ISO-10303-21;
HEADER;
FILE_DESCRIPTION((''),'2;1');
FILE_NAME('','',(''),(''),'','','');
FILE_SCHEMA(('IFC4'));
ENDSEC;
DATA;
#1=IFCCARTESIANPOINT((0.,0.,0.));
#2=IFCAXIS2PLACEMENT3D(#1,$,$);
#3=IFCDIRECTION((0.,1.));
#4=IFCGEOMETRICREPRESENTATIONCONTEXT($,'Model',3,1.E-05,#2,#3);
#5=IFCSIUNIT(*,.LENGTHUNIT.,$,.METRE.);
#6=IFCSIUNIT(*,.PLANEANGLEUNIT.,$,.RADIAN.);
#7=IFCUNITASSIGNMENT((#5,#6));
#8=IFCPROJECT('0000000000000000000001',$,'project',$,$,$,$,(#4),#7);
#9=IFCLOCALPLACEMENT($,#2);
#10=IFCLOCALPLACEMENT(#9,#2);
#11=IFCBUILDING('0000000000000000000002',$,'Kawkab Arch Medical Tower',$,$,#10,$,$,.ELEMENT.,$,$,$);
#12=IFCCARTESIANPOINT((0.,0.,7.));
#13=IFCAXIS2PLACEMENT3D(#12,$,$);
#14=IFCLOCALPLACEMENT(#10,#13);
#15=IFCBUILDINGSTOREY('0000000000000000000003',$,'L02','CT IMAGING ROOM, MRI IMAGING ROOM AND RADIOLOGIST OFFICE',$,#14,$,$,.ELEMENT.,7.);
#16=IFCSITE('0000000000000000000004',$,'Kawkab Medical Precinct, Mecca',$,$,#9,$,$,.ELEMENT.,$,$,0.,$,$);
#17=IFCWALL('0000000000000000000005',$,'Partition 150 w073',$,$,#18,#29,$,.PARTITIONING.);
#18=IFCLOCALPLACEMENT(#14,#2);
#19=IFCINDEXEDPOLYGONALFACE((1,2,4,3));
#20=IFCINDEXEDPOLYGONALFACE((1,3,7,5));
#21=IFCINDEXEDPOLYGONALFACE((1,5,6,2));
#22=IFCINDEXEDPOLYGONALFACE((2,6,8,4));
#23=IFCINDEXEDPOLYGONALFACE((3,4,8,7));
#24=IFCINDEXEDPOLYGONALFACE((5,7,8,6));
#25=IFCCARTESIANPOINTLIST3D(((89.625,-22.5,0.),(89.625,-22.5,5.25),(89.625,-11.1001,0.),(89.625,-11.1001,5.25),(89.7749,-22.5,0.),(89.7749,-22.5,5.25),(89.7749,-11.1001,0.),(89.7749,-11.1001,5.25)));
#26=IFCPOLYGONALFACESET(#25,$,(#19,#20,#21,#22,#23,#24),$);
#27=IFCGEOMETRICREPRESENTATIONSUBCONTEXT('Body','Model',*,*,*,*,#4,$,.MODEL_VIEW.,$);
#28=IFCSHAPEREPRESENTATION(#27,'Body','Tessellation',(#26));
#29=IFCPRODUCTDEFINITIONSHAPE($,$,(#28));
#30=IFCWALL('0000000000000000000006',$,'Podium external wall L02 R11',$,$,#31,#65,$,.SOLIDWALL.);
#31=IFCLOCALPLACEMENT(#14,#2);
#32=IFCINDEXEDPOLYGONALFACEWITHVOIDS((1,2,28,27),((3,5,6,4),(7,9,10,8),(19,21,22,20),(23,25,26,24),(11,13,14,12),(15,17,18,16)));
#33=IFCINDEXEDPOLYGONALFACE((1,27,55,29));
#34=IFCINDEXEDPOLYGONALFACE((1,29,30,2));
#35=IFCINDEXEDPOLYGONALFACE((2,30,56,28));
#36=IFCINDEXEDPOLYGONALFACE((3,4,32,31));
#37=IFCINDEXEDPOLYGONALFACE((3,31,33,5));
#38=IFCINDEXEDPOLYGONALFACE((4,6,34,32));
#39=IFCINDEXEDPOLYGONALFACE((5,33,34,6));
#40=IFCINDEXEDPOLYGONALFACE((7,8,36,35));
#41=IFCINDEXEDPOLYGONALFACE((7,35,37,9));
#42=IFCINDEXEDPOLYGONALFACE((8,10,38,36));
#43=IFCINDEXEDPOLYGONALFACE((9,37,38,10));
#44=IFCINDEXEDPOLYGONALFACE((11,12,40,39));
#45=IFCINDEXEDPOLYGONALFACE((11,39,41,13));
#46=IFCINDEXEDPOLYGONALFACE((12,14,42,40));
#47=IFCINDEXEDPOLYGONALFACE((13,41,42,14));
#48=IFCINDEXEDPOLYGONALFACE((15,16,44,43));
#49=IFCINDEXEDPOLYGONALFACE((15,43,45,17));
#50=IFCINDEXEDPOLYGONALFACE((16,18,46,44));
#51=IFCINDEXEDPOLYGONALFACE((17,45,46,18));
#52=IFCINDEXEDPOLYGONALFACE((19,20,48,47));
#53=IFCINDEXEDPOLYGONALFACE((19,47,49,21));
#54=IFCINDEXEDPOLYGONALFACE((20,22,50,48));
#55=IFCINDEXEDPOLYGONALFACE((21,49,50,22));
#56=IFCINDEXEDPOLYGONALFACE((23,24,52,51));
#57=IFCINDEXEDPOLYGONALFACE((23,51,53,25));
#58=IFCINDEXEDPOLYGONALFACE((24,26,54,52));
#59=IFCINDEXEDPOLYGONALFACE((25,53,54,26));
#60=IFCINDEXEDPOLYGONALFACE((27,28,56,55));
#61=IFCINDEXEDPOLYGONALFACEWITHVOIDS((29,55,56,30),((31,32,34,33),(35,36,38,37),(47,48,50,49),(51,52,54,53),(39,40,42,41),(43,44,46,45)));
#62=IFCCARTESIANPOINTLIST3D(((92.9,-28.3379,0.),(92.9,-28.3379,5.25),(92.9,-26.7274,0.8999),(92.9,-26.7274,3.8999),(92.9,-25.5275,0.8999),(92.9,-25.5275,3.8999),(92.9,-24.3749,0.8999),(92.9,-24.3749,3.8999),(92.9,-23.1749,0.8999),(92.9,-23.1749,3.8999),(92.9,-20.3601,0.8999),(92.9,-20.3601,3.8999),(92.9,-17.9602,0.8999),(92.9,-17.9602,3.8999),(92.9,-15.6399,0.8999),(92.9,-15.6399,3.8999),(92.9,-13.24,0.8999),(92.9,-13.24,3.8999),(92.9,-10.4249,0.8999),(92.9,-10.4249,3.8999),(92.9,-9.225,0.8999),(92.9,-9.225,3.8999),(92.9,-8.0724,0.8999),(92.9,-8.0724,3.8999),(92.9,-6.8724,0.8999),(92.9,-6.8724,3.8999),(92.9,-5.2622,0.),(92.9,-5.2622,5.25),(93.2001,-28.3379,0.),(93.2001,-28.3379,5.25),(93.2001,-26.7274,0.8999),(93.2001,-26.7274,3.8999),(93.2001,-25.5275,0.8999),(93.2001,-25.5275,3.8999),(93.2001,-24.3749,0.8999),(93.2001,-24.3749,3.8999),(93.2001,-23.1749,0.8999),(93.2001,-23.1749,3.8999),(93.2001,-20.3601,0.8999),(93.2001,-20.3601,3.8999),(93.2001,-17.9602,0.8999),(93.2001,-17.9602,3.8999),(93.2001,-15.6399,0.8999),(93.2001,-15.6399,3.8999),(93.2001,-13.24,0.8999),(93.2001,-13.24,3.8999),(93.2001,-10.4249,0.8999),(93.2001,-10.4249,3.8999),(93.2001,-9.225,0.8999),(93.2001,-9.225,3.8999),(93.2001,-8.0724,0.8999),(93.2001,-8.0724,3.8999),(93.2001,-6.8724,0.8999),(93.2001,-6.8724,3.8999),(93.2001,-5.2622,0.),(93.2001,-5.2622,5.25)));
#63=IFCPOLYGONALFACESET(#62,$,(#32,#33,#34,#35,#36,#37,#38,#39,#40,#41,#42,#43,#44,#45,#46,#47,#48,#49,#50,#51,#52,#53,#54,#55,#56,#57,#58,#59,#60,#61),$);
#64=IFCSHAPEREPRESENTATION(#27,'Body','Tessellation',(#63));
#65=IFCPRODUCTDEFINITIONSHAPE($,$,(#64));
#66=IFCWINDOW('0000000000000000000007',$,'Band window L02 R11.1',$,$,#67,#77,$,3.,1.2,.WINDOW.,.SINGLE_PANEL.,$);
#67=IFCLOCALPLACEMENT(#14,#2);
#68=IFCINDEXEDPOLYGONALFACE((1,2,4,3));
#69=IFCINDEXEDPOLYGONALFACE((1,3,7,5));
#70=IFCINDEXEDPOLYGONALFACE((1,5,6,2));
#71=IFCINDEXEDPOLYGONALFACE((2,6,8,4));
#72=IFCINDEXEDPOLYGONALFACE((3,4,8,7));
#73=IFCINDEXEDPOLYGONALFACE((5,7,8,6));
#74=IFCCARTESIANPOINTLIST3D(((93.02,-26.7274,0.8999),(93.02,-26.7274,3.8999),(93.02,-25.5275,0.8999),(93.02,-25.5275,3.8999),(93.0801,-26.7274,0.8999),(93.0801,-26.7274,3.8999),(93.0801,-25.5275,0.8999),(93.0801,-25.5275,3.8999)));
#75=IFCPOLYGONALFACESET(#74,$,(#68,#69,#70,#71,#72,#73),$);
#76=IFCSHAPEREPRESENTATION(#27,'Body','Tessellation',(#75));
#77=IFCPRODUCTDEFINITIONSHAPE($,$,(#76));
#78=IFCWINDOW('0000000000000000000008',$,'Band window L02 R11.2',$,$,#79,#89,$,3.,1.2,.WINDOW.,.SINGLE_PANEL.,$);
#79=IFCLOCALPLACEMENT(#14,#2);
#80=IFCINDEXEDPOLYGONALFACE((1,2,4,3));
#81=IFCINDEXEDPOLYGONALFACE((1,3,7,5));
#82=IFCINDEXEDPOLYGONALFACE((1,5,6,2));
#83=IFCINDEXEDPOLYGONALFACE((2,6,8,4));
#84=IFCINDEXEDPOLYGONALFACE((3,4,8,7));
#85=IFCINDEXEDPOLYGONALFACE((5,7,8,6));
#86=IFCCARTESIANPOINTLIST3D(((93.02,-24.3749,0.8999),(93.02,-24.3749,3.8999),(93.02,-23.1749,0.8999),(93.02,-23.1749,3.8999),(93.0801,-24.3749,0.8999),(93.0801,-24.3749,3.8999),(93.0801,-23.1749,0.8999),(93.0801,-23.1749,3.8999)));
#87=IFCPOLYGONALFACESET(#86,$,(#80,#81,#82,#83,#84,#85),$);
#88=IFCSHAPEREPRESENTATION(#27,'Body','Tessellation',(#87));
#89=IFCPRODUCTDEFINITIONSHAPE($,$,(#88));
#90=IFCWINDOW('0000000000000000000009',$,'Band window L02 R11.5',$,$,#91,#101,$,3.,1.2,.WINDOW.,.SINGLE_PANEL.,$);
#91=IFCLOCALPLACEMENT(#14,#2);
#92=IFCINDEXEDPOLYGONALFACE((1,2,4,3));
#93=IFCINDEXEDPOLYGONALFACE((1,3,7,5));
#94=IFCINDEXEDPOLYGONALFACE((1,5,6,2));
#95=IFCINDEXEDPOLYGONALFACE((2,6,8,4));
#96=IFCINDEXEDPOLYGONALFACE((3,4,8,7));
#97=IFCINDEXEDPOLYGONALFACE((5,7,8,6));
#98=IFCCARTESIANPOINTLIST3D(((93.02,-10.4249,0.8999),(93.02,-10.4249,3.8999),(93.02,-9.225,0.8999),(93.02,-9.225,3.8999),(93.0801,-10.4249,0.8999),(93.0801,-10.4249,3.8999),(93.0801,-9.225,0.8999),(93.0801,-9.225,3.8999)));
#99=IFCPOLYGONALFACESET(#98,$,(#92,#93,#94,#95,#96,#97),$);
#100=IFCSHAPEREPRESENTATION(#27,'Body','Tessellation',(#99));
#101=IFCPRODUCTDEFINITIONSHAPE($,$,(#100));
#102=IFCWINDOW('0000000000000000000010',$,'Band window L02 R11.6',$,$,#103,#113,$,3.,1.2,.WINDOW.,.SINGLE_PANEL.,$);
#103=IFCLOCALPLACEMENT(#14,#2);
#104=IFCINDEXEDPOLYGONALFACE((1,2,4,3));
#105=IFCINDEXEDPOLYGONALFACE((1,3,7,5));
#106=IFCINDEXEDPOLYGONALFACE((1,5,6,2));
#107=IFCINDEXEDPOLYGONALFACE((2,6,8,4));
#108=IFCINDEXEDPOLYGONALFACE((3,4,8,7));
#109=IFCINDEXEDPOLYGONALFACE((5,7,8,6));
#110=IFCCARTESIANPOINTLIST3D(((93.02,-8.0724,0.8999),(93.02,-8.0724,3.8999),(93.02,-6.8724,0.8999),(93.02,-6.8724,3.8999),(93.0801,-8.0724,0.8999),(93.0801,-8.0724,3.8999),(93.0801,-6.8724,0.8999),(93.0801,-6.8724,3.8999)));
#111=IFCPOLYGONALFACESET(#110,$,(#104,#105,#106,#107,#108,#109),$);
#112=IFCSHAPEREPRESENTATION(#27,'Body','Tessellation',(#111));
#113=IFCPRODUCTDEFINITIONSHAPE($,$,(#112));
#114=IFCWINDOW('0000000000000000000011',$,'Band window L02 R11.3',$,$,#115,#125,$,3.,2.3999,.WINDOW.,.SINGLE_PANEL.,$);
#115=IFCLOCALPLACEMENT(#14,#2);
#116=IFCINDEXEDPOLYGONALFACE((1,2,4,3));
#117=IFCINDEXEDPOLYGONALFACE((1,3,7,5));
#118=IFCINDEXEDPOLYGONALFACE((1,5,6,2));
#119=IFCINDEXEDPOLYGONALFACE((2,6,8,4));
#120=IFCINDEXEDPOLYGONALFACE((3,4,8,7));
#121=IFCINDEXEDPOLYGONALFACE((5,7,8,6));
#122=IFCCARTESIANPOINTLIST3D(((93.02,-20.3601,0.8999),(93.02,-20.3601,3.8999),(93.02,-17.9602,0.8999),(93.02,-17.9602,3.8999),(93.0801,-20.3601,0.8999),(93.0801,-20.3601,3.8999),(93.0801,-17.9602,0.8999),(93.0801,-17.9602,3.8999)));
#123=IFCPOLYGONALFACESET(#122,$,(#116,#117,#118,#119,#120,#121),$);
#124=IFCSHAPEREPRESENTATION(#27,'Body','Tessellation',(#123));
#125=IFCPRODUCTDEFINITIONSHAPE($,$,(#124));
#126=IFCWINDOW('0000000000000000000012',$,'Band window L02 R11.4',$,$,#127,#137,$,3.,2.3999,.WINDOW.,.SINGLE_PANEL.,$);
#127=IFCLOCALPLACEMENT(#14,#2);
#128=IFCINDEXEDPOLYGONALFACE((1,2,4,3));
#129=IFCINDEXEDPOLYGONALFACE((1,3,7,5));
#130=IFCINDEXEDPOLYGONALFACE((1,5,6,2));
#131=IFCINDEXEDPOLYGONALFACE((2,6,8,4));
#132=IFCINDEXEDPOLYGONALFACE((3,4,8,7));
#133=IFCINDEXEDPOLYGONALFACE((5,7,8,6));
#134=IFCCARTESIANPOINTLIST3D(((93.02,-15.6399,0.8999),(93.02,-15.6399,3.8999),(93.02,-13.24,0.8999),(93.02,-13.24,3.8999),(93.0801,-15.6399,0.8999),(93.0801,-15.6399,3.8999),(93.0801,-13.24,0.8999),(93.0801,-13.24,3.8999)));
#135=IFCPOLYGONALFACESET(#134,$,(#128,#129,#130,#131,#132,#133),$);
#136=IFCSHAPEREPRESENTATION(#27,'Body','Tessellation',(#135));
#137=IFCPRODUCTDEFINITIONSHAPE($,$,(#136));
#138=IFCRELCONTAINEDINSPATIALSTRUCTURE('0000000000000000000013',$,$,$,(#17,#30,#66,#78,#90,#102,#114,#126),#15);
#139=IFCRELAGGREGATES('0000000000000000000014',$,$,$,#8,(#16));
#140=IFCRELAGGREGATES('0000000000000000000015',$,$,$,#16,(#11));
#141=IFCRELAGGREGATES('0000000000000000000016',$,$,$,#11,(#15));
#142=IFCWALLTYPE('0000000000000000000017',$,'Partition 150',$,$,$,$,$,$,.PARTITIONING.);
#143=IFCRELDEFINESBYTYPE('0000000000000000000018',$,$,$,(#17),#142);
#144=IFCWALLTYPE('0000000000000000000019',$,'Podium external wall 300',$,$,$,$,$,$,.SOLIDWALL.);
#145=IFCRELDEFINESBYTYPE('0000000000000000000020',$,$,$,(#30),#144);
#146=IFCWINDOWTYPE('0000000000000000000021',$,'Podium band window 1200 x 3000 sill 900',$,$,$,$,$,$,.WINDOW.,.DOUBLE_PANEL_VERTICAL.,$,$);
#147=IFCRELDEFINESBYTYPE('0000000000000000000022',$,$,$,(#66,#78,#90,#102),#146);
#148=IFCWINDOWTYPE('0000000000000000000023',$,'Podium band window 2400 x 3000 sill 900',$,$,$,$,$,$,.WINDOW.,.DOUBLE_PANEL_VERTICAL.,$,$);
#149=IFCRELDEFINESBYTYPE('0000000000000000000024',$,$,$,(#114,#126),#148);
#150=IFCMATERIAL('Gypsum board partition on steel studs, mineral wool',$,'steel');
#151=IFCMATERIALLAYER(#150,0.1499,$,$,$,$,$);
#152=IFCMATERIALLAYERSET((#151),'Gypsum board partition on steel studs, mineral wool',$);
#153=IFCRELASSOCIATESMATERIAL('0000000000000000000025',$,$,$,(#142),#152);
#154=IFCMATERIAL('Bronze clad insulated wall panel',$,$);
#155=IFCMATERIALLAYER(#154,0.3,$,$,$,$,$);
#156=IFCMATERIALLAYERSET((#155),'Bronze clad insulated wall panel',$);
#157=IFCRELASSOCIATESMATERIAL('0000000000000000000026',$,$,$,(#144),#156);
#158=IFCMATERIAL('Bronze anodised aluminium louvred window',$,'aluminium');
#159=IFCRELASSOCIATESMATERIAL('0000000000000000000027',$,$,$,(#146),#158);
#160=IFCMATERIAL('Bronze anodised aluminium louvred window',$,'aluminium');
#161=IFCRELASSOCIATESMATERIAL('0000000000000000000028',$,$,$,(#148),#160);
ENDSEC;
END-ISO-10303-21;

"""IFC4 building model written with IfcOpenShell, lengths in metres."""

from ifc_helpers import new_model, si_unit, direction, frame, frame_2d, origin, place, context, subcontext, project, spatial, rectangle, extrude, material, layer, layer_set, type_object, element, fill, save


model = new_model("IFC4")

# Units and contexts
model_context = context("Model", 3, precision=1e-05, world=origin(), true_north=direction((0.0, 1.0)))
body_context = subcontext(model_context, "Body", "Model", "MODEL_VIEW")
ifc_project = project(units=[si_unit("LENGTHUNIT", "METRE"), si_unit("PLANEANGLEUNIT", "RADIAN")], contexts=[model_context])

# Site, building, storey
site_placement = place(None, origin())
site = spatial("IfcSite", under=ifc_project, at=site_placement, Name="Kawkab Medical Precinct, Mecca", CompositionType="ELEMENT", RefElevation=0.0)
building_placement = place(site_placement, origin())
building = spatial("IfcBuilding", under=site, at=building_placement, Name="Kawkab Arch Medical Tower", CompositionType="ELEMENT")
storey_placement = place(building_placement, frame((0.0, 0.0, 7.0)))
storey = spatial("IfcBuildingStorey", under=building, at=storey_placement, Name="L02", Description="CT IMAGING ROOM, MRI IMAGING ROOM AND RADIOLOGIST OFFICE", CompositionType="ELEMENT", Elevation=7.0)

# Shared definitions
ifc_material_1 = material(Name="Gypsum board partition on steel studs, mineral wool", Category="steel")
ifc_layer_1 = layer(ifc_material_1, 0.1499)
ifc_layer_set_1 = layer_set([ifc_layer_1], Name="Gypsum board partition on steel studs, mineral wool")
wall_type_1 = type_object("IfcWallType", Name="Partition 150", PredefinedType="PARTITIONING", material=ifc_layer_set_1)

# Wall
wall_1_placement = place(storey_placement, frame((89.7, -22.5, 0.0), z_axis=(0.0, 0.0, 1.0), x_axis=(0.0, 1.0, 0.0)))
element("IfcWall", 1, at=wall_1_placement, inside=storey, type_object=wall_type_1, Name="Partition 150 w073", PredefinedType="PARTITIONING", context=body_context, shape_type="SweptSolid", body=[
    extrude(rectangle(XDim=11.3999, YDim=0.1499, at=frame_2d((5.7, 0.0))), origin(), (0.0, 0.0, 1.0), 5.25),
])

# Wall, openings, windows
ifc_material_2 = material(Name="Bronze clad insulated wall panel")
ifc_layer_2 = layer(ifc_material_2, 0.3)
ifc_layer_set_2 = layer_set([ifc_layer_2], Name="Bronze clad insulated wall panel")
wall_type_2 = type_object("IfcWallType", Name="Podium external wall 300", PredefinedType="SOLIDWALL", material=ifc_layer_set_2)
wall_2_placement = place(storey_placement, frame((93.05, -28.3379, 0.0), z_axis=(0.0, 0.0, 1.0), x_axis=(0.0, 1.0, 0.0)))
wall_2 = element("IfcWall", 2, at=wall_2_placement, inside=storey, type_object=wall_type_2, Name="Podium external wall L02 R11", PredefinedType="SOLIDWALL", context=body_context, shape_type="SweptSolid", body=[
    extrude(rectangle(XDim=23.0757, YDim=0.3, at=frame_2d((11.5378, 0.0))), origin(), (0.0, 0.0, 1.0), 5.25),
])
opening_1_placement = place(wall_2_placement, frame((1.6104, 0.0, 0.8999)))
opening_1 = element("IfcOpeningElement", 3, at=opening_1_placement, cuts=wall_2, PredefinedType="OPENING", context=body_context, shape_type="SweptSolid", body=[
    extrude(rectangle(XDim=1.2, YDim=3.0, at=frame_2d((0.6001, 1.5))), frame((0.0, 0.1599, 0.0), z_axis=(0.0, -1.0, 0.0), x_axis=(1.0, 0.0, 0.0)), (0.0, 0.0, 1.0), 0.3201),
])
opening_2_placement = place(wall_2_placement, frame((3.9629, 0.0, 0.8999)))
opening_2 = element("IfcOpeningElement", 4, at=opening_2_placement, cuts=wall_2, PredefinedType="OPENING", context=body_context, shape_type="SweptSolid", body=[
    extrude(rectangle(XDim=1.2, YDim=3.0, at=frame_2d((0.6001, 1.5))), frame((0.0, 0.1599, 0.0), z_axis=(0.0, -1.0, 0.0), x_axis=(1.0, 0.0, 0.0)), (0.0, 0.0, 1.0), 0.3201),
])
opening_3_placement = place(wall_2_placement, frame((7.9778, 0.0, 0.8999)))
opening_3 = element("IfcOpeningElement", 5, at=opening_3_placement, cuts=wall_2, PredefinedType="OPENING", context=body_context, shape_type="SweptSolid", body=[
    extrude(rectangle(XDim=2.3999, YDim=3.0, at=frame_2d((1.2, 1.5))), frame((0.0, 0.1599, 0.0), z_axis=(0.0, -1.0, 0.0), x_axis=(1.0, 0.0, 0.0)), (0.0, 0.0, 1.0), 0.3201),
])
opening_4_placement = place(wall_2_placement, frame((12.698, 0.0, 0.8999)))
opening_4 = element("IfcOpeningElement", 6, at=opening_4_placement, cuts=wall_2, PredefinedType="OPENING", context=body_context, shape_type="SweptSolid", body=[
    extrude(rectangle(XDim=2.3999, YDim=3.0, at=frame_2d((1.2, 1.5))), frame((0.0, 0.1599, 0.0), z_axis=(0.0, -1.0, 0.0), x_axis=(1.0, 0.0, 0.0)), (0.0, 0.0, 1.0), 0.3201),
])
opening_5_placement = place(wall_2_placement, frame((17.9128, 0.0, 0.8999)))
opening_5 = element("IfcOpeningElement", 7, at=opening_5_placement, cuts=wall_2, PredefinedType="OPENING", context=body_context, shape_type="SweptSolid", body=[
    extrude(rectangle(XDim=1.2, YDim=3.0, at=frame_2d((0.6001, 1.5))), frame((0.0, 0.1599, 0.0), z_axis=(0.0, -1.0, 0.0), x_axis=(1.0, 0.0, 0.0)), (0.0, 0.0, 1.0), 0.3201),
])
opening_6_placement = place(wall_2_placement, frame((20.2654, 0.0, 0.8999)))
opening_6 = element("IfcOpeningElement", 8, at=opening_6_placement, cuts=wall_2, PredefinedType="OPENING", context=body_context, shape_type="SweptSolid", body=[
    extrude(rectangle(XDim=1.2, YDim=3.0, at=frame_2d((0.6001, 1.5))), frame((0.0, 0.1599, 0.0), z_axis=(0.0, -1.0, 0.0), x_axis=(1.0, 0.0, 0.0)), (0.0, 0.0, 1.0), 0.3201),
])
ifc_material_3 = material(Name="Bronze anodised aluminium louvred window", Category="aluminium")
window_type_1 = type_object("IfcWindowType", Name="Podium band window 1200 x 3000 sill 900", PartitioningType="DOUBLE_PANEL_VERTICAL", PredefinedType="WINDOW", material=ifc_material_3)
window_1_placement = place(opening_1_placement, origin())
window_1 = element("IfcWindow", 9, at=window_1_placement, inside=storey, type_object=window_type_1, Name="Band window L02 R11.1", OverallHeight=3.0, OverallWidth=1.2, PartitioningType="SINGLE_PANEL", PredefinedType="WINDOW", context=body_context, shape_type="SweptSolid", body=[
    extrude(rectangle(XDim=1.2, YDim=3.0, at=frame_2d((0.6001, 1.5))), frame((0.0, 0.03, 0.0), z_axis=(0.0, -1.0, 0.0), x_axis=(1.0, 0.0, 0.0)), (0.0, 0.0, 1.0), 0.0601),
])
fill(opening_1, window_1)
window_2_placement = place(opening_2_placement, origin())
window_2 = element("IfcWindow", 10, at=window_2_placement, inside=storey, type_object=window_type_1, Name="Band window L02 R11.2", OverallHeight=3.0, OverallWidth=1.2, PartitioningType="SINGLE_PANEL", PredefinedType="WINDOW", context=body_context, shape_type="SweptSolid", body=[
    extrude(rectangle(XDim=1.2, YDim=3.0, at=frame_2d((0.6001, 1.5))), frame((0.0, 0.03, 0.0), z_axis=(0.0, -1.0, 0.0), x_axis=(1.0, 0.0, 0.0)), (0.0, 0.0, 1.0), 0.0601),
])
fill(opening_2, window_2)
window_3_placement = place(opening_5_placement, origin())
window_3 = element("IfcWindow", 11, at=window_3_placement, inside=storey, type_object=window_type_1, Name="Band window L02 R11.5", OverallHeight=3.0, OverallWidth=1.2, PartitioningType="SINGLE_PANEL", PredefinedType="WINDOW", context=body_context, shape_type="SweptSolid", body=[
    extrude(rectangle(XDim=1.2, YDim=3.0, at=frame_2d((0.6001, 1.5))), frame((0.0, 0.03, 0.0), z_axis=(0.0, -1.0, 0.0), x_axis=(1.0, 0.0, 0.0)), (0.0, 0.0, 1.0), 0.0601),
])
fill(opening_5, window_3)
window_4_placement = place(opening_6_placement, origin())
window_4 = element("IfcWindow", 12, at=window_4_placement, inside=storey, type_object=window_type_1, Name="Band window L02 R11.6", OverallHeight=3.0, OverallWidth=1.2, PartitioningType="SINGLE_PANEL", PredefinedType="WINDOW", context=body_context, shape_type="SweptSolid", body=[
    extrude(rectangle(XDim=1.2, YDim=3.0, at=frame_2d((0.6001, 1.5))), frame((0.0, 0.03, 0.0), z_axis=(0.0, -1.0, 0.0), x_axis=(1.0, 0.0, 0.0)), (0.0, 0.0, 1.0), 0.0601),
])
fill(opening_6, window_4)
ifc_material_4 = material(Name="Bronze anodised aluminium louvred window", Category="aluminium")
window_type_2 = type_object("IfcWindowType", Name="Podium band window 2400 x 3000 sill 900", PartitioningType="DOUBLE_PANEL_VERTICAL", PredefinedType="WINDOW", material=ifc_material_4)
window_5_placement = place(opening_3_placement, origin())
window_5 = element("IfcWindow", 13, at=window_5_placement, inside=storey, type_object=window_type_2, Name="Band window L02 R11.3", OverallHeight=3.0, OverallWidth=2.3999, PartitioningType="SINGLE_PANEL", PredefinedType="WINDOW", context=body_context, shape_type="SweptSolid", body=[
    extrude(rectangle(XDim=2.3999, YDim=3.0, at=frame_2d((1.2, 1.5))), frame((0.0, 0.03, 0.0), z_axis=(0.0, -1.0, 0.0), x_axis=(1.0, 0.0, 0.0)), (0.0, 0.0, 1.0), 0.0601),
])
fill(opening_3, window_5)
window_6_placement = place(opening_4_placement, origin())
window_6 = element("IfcWindow", 14, at=window_6_placement, inside=storey, type_object=window_type_2, Name="Band window L02 R11.4", OverallHeight=3.0, OverallWidth=2.3999, PartitioningType="SINGLE_PANEL", PredefinedType="WINDOW", context=body_context, shape_type="SweptSolid", body=[
    extrude(rectangle(XDim=2.3999, YDim=3.0, at=frame_2d((1.2, 1.5))), frame((0.0, 0.03, 0.0), z_axis=(0.0, -1.0, 0.0), x_axis=(1.0, 0.0, 0.0)), (0.0, 0.0, 1.0), 0.0601),
])
fill(opening_4, window_6)

save(model, "model.ifc")
